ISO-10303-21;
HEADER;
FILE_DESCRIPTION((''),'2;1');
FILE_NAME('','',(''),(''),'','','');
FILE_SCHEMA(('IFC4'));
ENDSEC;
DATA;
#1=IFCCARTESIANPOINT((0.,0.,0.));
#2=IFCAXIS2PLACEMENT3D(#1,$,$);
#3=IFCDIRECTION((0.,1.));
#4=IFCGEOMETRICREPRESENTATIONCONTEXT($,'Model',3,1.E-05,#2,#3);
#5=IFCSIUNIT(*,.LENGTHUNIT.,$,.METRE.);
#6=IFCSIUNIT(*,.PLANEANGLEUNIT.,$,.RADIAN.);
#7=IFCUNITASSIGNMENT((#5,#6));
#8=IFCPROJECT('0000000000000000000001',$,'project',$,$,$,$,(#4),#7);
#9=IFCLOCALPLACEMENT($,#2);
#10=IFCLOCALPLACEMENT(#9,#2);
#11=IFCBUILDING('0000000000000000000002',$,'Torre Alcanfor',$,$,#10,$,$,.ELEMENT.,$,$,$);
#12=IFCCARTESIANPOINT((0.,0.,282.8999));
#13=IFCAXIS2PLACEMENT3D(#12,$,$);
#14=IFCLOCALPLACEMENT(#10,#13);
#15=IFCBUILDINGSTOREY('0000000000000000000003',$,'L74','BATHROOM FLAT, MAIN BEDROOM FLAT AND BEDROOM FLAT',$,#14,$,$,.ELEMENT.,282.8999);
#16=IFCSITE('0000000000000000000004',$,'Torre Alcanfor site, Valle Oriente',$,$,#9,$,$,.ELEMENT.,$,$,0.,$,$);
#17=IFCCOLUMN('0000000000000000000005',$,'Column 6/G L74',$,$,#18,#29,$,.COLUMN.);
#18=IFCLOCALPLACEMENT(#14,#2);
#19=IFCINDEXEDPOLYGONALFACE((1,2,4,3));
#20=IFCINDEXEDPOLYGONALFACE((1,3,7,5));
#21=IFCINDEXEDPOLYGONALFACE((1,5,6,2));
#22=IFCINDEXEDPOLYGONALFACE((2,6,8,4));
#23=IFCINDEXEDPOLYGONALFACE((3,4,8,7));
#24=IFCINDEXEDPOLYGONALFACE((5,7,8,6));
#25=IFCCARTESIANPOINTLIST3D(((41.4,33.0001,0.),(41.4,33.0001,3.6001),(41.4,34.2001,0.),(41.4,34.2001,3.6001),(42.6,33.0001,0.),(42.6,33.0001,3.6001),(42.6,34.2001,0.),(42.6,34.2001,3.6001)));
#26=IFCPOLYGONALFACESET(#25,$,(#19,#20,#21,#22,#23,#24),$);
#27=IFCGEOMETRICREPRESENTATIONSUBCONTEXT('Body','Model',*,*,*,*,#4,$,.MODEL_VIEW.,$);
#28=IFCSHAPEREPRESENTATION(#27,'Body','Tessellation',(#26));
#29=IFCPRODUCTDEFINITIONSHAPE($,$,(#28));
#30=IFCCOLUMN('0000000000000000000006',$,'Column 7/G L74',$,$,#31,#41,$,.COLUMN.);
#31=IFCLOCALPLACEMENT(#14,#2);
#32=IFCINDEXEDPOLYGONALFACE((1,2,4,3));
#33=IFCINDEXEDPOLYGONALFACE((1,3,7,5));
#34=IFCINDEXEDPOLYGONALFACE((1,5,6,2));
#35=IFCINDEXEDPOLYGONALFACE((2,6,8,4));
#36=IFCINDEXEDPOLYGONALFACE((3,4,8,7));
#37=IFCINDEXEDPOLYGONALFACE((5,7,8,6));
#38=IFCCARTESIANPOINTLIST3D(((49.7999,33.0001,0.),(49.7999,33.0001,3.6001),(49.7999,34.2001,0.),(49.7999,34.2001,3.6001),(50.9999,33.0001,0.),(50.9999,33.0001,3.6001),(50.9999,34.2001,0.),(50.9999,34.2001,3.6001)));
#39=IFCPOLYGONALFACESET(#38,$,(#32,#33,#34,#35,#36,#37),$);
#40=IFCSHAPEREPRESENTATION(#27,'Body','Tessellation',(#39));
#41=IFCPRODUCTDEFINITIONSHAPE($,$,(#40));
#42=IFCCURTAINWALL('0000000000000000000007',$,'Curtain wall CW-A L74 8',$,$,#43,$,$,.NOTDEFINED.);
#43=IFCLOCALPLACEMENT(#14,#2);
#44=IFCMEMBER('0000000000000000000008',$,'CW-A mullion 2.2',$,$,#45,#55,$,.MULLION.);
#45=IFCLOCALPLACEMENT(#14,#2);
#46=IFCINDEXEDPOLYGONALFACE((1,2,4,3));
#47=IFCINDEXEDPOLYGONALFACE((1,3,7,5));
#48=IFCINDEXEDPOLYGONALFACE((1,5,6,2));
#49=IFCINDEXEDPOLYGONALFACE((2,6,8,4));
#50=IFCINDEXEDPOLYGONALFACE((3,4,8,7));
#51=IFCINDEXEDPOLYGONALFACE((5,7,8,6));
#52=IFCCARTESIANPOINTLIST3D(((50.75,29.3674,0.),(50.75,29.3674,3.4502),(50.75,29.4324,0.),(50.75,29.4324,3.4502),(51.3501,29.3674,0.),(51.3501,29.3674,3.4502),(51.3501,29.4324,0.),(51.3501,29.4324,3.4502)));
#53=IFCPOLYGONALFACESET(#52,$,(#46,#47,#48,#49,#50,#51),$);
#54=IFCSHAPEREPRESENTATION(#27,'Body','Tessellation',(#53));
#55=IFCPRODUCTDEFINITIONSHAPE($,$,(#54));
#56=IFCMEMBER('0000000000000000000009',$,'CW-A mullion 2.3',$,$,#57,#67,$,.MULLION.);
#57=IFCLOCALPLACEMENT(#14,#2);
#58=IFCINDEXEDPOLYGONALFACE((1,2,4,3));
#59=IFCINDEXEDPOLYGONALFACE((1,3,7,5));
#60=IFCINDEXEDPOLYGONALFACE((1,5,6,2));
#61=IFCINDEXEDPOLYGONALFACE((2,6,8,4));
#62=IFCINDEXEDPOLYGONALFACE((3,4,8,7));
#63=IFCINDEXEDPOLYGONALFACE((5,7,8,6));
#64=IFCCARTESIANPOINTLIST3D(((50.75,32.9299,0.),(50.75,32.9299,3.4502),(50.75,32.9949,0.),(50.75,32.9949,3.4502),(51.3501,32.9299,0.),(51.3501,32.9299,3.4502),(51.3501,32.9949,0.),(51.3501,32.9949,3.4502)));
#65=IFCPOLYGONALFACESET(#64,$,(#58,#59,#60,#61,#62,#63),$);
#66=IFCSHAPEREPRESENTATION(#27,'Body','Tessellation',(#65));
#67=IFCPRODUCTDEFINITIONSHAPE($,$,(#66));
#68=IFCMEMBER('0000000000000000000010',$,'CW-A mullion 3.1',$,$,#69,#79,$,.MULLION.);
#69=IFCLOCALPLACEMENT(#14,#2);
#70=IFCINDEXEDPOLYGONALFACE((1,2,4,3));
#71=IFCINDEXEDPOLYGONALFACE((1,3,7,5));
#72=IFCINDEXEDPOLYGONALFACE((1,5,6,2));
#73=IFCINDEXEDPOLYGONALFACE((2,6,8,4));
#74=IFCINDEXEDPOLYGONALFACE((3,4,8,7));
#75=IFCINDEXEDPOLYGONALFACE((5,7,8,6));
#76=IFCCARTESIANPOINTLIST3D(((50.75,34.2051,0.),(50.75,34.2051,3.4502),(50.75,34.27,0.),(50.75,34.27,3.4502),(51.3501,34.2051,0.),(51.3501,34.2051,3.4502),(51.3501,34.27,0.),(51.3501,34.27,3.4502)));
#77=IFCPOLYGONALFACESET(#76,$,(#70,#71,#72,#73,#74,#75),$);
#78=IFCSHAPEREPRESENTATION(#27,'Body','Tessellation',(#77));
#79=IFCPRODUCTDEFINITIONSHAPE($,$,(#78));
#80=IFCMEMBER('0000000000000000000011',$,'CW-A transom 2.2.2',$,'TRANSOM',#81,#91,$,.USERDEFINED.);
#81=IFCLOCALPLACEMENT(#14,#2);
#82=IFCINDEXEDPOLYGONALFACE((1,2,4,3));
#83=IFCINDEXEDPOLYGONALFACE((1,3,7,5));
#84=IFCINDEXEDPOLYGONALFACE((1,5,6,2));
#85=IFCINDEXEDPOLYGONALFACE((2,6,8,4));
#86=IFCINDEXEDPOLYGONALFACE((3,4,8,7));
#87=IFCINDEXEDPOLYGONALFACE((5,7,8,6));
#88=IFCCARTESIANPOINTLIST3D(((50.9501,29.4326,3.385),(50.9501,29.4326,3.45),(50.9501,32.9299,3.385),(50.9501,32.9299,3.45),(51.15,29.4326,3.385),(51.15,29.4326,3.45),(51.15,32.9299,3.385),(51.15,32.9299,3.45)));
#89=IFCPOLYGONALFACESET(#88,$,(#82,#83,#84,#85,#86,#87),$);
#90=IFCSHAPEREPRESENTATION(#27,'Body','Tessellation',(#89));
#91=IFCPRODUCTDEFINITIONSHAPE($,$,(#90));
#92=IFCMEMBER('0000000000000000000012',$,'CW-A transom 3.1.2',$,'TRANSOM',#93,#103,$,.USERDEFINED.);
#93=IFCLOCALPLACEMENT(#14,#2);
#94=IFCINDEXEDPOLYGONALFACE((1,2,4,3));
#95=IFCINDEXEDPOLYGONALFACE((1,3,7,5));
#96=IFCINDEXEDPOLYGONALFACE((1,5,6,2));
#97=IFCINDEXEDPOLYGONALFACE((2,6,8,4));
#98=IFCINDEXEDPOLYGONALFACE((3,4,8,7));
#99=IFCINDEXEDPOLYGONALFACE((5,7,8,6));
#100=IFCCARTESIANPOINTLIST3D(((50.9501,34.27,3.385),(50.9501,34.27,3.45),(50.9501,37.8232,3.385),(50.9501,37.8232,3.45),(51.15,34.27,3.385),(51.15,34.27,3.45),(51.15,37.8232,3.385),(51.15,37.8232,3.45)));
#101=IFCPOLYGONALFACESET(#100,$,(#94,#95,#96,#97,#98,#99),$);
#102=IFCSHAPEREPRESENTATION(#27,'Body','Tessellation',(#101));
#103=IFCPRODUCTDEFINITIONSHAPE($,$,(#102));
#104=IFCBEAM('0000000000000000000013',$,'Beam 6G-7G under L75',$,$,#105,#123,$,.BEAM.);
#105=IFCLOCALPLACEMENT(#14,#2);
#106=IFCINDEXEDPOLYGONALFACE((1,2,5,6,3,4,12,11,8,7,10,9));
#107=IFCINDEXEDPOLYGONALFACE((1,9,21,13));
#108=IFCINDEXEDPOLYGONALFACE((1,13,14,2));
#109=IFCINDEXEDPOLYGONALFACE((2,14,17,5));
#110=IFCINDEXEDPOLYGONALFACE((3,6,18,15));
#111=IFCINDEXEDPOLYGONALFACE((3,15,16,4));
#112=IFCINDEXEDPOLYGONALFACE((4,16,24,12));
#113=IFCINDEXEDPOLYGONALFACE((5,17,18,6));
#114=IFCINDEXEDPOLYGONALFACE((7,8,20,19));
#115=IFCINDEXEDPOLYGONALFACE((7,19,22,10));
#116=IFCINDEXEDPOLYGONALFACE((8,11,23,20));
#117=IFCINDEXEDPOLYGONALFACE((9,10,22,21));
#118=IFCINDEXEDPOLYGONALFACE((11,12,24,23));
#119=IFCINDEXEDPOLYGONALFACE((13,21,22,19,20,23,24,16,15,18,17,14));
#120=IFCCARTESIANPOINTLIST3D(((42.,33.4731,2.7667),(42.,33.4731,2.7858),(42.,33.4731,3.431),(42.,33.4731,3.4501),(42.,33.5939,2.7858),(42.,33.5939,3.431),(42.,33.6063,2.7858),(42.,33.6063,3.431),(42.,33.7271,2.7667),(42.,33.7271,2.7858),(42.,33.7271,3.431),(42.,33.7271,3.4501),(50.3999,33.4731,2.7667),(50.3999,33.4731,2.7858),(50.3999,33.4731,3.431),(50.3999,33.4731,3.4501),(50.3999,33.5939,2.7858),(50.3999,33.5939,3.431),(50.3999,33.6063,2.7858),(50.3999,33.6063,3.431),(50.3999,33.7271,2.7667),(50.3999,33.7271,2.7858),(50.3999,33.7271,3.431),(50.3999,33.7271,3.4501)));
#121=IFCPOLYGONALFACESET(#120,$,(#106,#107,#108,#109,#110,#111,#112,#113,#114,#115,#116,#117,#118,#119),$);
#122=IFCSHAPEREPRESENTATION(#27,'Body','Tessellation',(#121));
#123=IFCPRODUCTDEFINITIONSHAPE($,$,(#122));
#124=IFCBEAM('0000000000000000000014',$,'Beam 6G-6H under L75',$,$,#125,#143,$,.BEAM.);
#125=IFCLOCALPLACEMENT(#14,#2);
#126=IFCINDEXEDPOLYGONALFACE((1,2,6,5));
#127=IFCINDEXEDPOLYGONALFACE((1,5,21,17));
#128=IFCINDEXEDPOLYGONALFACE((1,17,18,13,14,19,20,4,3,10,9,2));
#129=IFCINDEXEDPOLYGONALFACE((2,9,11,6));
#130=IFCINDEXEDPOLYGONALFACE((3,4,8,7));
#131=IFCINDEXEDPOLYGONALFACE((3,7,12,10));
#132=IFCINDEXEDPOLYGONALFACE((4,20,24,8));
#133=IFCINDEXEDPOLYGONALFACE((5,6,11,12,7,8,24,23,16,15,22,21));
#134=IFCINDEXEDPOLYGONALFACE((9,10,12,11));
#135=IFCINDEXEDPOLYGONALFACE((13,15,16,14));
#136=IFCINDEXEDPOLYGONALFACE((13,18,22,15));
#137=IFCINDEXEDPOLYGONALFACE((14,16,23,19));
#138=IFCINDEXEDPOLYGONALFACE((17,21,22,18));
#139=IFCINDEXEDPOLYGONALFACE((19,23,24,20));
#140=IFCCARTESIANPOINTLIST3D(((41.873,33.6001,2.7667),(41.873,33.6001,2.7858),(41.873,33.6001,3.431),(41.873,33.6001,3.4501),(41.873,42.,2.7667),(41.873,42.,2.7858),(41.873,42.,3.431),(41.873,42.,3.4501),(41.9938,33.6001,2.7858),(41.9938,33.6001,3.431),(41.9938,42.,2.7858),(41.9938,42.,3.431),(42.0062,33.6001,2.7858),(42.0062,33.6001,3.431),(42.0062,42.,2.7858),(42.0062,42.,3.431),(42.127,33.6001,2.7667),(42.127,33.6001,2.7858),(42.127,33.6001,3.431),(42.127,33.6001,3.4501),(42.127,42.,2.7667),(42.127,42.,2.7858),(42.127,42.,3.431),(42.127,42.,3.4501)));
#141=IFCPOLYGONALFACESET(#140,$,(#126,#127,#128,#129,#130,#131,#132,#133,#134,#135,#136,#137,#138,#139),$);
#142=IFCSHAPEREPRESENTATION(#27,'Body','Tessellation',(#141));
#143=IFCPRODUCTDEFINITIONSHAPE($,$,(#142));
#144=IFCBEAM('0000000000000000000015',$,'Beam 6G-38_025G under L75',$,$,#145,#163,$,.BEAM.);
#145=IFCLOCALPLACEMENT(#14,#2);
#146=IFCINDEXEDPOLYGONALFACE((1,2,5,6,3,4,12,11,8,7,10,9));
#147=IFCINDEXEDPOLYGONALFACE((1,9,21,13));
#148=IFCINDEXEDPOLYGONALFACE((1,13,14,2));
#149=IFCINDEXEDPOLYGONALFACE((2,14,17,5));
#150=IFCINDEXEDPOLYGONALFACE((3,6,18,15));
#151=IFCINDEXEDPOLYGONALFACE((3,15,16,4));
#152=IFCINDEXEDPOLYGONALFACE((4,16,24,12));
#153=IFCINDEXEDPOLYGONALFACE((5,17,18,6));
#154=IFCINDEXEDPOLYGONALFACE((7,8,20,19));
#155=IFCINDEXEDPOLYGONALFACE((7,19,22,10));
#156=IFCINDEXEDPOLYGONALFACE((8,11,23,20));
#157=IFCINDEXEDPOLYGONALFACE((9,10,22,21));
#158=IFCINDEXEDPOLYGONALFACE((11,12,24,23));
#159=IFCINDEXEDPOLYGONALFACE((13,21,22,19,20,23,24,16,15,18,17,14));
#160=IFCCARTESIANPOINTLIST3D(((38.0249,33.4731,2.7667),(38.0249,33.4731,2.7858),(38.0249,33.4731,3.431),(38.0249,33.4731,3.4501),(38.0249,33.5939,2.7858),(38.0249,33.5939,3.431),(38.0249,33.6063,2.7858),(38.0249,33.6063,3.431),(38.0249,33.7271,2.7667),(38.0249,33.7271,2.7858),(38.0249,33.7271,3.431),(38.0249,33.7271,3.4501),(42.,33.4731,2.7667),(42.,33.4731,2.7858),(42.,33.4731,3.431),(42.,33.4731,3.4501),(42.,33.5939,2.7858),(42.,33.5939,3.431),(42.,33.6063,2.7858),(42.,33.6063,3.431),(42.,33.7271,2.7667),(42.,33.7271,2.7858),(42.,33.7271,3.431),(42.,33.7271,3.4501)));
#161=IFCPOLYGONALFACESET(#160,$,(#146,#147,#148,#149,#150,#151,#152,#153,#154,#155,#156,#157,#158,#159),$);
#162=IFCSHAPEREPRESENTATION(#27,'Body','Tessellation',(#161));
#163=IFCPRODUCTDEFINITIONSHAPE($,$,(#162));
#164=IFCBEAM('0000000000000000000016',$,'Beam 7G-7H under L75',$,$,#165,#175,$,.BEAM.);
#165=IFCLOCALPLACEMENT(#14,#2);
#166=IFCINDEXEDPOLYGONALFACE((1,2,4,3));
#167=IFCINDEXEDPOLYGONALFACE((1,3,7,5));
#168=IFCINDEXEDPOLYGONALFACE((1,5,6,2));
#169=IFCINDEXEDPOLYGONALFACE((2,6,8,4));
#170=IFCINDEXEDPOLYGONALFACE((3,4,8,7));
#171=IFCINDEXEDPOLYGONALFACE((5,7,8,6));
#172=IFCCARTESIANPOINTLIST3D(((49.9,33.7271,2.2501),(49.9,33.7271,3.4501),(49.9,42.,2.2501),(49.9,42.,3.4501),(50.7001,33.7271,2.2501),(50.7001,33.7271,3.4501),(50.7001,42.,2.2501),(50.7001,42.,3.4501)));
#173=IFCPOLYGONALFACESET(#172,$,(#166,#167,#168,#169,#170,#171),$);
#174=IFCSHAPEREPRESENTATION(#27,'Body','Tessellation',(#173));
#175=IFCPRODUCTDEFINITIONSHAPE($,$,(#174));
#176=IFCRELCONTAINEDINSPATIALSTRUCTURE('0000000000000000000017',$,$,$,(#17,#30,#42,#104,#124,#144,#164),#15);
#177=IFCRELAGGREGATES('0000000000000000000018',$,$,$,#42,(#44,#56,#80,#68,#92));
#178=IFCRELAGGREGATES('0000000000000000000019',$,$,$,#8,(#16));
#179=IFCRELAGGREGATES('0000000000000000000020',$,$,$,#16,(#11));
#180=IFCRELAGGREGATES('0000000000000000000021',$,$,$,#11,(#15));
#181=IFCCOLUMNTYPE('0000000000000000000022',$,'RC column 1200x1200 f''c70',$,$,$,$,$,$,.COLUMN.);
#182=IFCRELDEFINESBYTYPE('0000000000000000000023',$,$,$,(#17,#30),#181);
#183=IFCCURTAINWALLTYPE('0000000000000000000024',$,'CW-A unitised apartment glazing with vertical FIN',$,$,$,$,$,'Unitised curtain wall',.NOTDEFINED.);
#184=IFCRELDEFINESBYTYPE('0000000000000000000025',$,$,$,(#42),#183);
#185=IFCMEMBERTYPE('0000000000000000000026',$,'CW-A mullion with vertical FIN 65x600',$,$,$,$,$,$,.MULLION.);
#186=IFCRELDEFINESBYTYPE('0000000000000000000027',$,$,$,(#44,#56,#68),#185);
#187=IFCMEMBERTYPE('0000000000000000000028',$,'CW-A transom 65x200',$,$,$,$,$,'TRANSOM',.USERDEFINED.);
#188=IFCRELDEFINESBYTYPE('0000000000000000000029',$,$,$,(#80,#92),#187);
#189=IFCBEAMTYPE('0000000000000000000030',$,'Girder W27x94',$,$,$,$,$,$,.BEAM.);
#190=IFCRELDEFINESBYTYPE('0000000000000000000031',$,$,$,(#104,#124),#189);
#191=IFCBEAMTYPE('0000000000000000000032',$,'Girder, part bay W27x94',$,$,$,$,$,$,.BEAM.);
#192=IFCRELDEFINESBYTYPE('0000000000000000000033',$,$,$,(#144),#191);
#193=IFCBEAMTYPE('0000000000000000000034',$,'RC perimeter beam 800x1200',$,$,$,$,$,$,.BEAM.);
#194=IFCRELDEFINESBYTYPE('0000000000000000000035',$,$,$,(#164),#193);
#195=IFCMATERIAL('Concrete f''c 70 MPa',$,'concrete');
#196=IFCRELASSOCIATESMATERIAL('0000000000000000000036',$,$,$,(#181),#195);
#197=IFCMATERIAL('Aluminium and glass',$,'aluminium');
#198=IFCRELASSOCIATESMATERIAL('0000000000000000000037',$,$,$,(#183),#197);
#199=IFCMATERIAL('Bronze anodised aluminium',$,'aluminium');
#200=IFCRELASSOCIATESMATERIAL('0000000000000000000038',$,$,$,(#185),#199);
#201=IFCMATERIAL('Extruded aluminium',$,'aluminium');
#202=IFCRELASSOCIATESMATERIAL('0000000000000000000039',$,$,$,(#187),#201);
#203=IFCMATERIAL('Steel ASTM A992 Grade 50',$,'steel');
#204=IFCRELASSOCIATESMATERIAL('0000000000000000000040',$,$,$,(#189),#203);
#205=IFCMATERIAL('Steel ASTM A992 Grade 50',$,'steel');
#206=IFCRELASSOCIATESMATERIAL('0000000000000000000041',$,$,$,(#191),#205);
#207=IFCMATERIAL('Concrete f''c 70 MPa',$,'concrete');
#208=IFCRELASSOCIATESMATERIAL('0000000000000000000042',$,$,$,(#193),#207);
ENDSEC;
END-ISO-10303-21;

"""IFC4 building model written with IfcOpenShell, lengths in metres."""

from ifc_helpers import new_model, si_unit, direction, frame, origin, origin_2d, place, context, subcontext, project, spatial, rectangle, i_section, extrude, material, material_profile, profile_set, type_object, element, aggregate, save


model = new_model("IFC4")

# Units and contexts
model_context = context("Model", 3, precision=1e-05, world=origin(), true_north=direction((0.0, 1.0)))
body_context = subcontext(model_context, "Body", "Model", "MODEL_VIEW")
ifc_project = project(units=[si_unit("LENGTHUNIT", "METRE"), si_unit("PLANEANGLEUNIT", "RADIAN")], contexts=[model_context])

# Site, building, storey
site_placement = place(None, origin())
site = spatial("IfcSite", under=ifc_project, at=site_placement, Name="Torre Alcanfor site, Valle Oriente", CompositionType="ELEMENT", RefElevation=0.0)
building_placement = place(site_placement, origin())
building = spatial("IfcBuilding", under=site, at=building_placement, Name="Torre Alcanfor", CompositionType="ELEMENT")
storey_placement = place(building_placement, frame((0.0, 0.0, 282.8999)))
storey = spatial("IfcBuildingStorey", under=building, at=storey_placement, Name="L74", Description="BATHROOM FLAT, MAIN BEDROOM FLAT AND BEDROOM FLAT", CompositionType="ELEMENT", Elevation=282.8999)

# Columns
ifc_material_1 = material(Name="Concrete f'c 70 MPa", Category="concrete")
ifc_material_profile_1 = material_profile(ifc_material_1, rectangle(XDim=1.2, YDim=1.2, at=origin_2d()), Name="1200x1200")
ifc_profile_set_1 = profile_set([ifc_material_profile_1], Name="Concrete f'c 70 MPa")
column_type = type_object("IfcColumnType", Name="RC column 1200x1200 f'c70", PredefinedType="COLUMN", material=ifc_profile_set_1)
for number, where, z_axis, x_axis, name in (
    (1, (42.0, 33.6001, 0.0), (0.0, 0.0, 1.0), (1.0, 0.0, 0.0), "Column 6/G L74"),
    (2, (50.3999, 33.6001, 0.0), (0.0, 0.0, 1.0), (1.0, 0.0, 0.0), "Column 7/G L74"),
):
    element("IfcColumn", number, at=place(storey_placement, frame(where, z_axis=z_axis, x_axis=x_axis)), inside=storey, type_object=column_type, Name=name, PredefinedType="COLUMN", context=body_context, shape_type="SweptSolid", body=[
        extrude(rectangle(XDim=1.2, YDim=1.2, at=origin_2d()), origin(), (0.0, 0.0, 1.0), 3.6001),
    ])

# Curtain wall, members
ifc_material_2 = material(Name="Aluminium and glass", Category="aluminium")
curtain_wall_type = type_object("IfcCurtainWallType", Name="CW-A unitised apartment glazing with vertical FIN", ElementType="Unitised curtain wall", PredefinedType="NOTDEFINED", material=ifc_material_2)
curtain_wall_placement = place(storey_placement, origin())
curtain_wall = element("IfcCurtainWall", 3, at=curtain_wall_placement, inside=storey, type_object=curtain_wall_type, Name="Curtain wall CW-A L74 8", PredefinedType="NOTDEFINED")
ifc_material_3 = material(Name="Bronze anodised aluminium", Category="aluminium")
ifc_material_profile_2 = material_profile(ifc_material_3, rectangle(XDim=0.6001, YDim=0.0649, at=origin_2d()), Name="CW-A mullion 65x600")
ifc_profile_set_2 = profile_set([ifc_material_profile_2], Name="Bronze anodised aluminium")
member_type_1 = type_object("IfcMemberType", Name="CW-A mullion with vertical FIN 65x600", PredefinedType="MULLION", material=ifc_profile_set_2)
member_1_placement = place(storey_placement, frame((51.05, 29.3999, 0.0), z_axis=(0.0, 0.0, 1.0), x_axis=(-1.0, 0.0, 0.0)))
member_1 = element("IfcMember", 4, at=member_1_placement, type_object=member_type_1, Name="CW-A mullion 2.2", PredefinedType="MULLION", context=body_context, shape_type="SweptSolid", body=[
    extrude(rectangle(XDim=0.6001, YDim=0.0649, at=origin_2d()), origin(), (0.0, 0.0, 1.0), 3.4502),
])
member_2_placement = place(storey_placement, frame((51.05, 32.9624, 0.0), z_axis=(0.0, 0.0, 1.0), x_axis=(-1.0, 0.0, 0.0)))
member_2 = element("IfcMember", 5, at=member_2_placement, type_object=member_type_1, Name="CW-A mullion 2.3", PredefinedType="MULLION", context=body_context, shape_type="SweptSolid", body=[
    extrude(rectangle(XDim=0.6001, YDim=0.0649, at=origin_2d()), origin(), (0.0, 0.0, 1.0), 3.4502),
])
member_3_placement = place(storey_placement, frame((51.05, 34.2375, 0.0), z_axis=(0.0, 0.0, 1.0), x_axis=(-1.0, 0.0, 0.0)))
member_3 = element("IfcMember", 6, at=member_3_placement, type_object=member_type_1, Name="CW-A mullion 3.1", PredefinedType="MULLION", context=body_context, shape_type="SweptSolid", body=[
    extrude(rectangle(XDim=0.6001, YDim=0.0649, at=origin_2d()), origin(), (0.0, 0.0, 1.0), 3.4502),
])
ifc_material_4 = material(Name="Extruded aluminium", Category="aluminium")
ifc_material_profile_3 = material_profile(ifc_material_4, rectangle(XDim=0.2, YDim=0.0649, at=origin_2d()), Name="CW-A transom 200x65")
ifc_profile_set_3 = profile_set([ifc_material_profile_3], Name="Extruded aluminium")
member_type_2 = type_object("IfcMemberType", Name="CW-A transom 65x200", ElementType="TRANSOM", PredefinedType="USERDEFINED", material=ifc_profile_set_3)
member_4_placement = place(storey_placement, frame((51.05, 29.4326, 3.4175), z_axis=(0.0, 1.0, 0.0), x_axis=(-1.0, 0.0, 0.0)))
member_4 = element("IfcMember", 7, at=member_4_placement, type_object=member_type_2, Name="CW-A transom 2.2.2", ObjectType="TRANSOM", PredefinedType="USERDEFINED", context=body_context, shape_type="SweptSolid", body=[
    extrude(rectangle(XDim=0.2, YDim=0.0649, at=origin_2d()), origin(), (0.0, 0.0, 1.0), 3.4973),
])
member_5_placement = place(storey_placement, frame((51.05, 34.27, 3.4175), z_axis=(0.0, 1.0, 0.0), x_axis=(-1.0, 0.0, 0.0)))
member_5 = element("IfcMember", 8, at=member_5_placement, type_object=member_type_2, Name="CW-A transom 3.1.2", ObjectType="TRANSOM", PredefinedType="USERDEFINED", context=body_context, shape_type="SweptSolid", body=[
    extrude(rectangle(XDim=0.2, YDim=0.0649, at=origin_2d()), origin(), (0.0, 0.0, 1.0), 3.5532),
])

# Beams
ifc_material_5 = material(Name="Steel ASTM A992 Grade 50", Category="steel")
ifc_material_profile_4 = material_profile(ifc_material_5, i_section(OverallWidth=0.2539, OverallDepth=0.6833, WebThickness=0.0125, FlangeThickness=0.019, at=origin_2d()), Name="W27x94")
ifc_profile_set_4 = profile_set([ifc_material_profile_4], Name="Steel ASTM A992 Grade 50")
beam_type_1 = type_object("IfcBeamType", Name="Girder W27x94", PredefinedType="BEAM", material=ifc_profile_set_4)
for number, where, z_axis, x_axis, name in (
    (9, (42.0, 33.6001, 3.1084), (1.0, 0.0, 0.0), (0.0, 1.0, 0.0), "Beam 6G-7G under L75"),
    (10, (42.0, 33.6001, 3.1084), (0.0, 1.0, 0.0), (-1.0, 0.0, 0.0), "Beam 6G-6H under L75"),
):
    element("IfcBeam", number, at=place(storey_placement, frame(where, z_axis=z_axis, x_axis=x_axis)), inside=storey, type_object=beam_type_1, Name=name, PredefinedType="BEAM", context=body_context, shape_type="SweptSolid", body=[
        extrude(i_section(OverallWidth=0.2539, OverallDepth=0.6833, WebThickness=0.0125, FlangeThickness=0.019, at=origin_2d()), origin(), (0.0, 0.0, 1.0), 8.3999),
    ])
ifc_material_6 = material(Name="Steel ASTM A992 Grade 50", Category="steel")
ifc_material_profile_5 = material_profile(ifc_material_6, i_section(OverallWidth=0.2539, OverallDepth=0.6833, WebThickness=0.0125, FlangeThickness=0.019, at=origin_2d()), Name="W27x94")
ifc_profile_set_5 = profile_set([ifc_material_profile_5], Name="Steel ASTM A992 Grade 50")
beam_type_2 = type_object("IfcBeamType", Name="Girder, part bay W27x94", PredefinedType="BEAM", material=ifc_profile_set_5)
beam_1_placement = place(storey_placement, frame((42.0, 33.6001, 3.1084), z_axis=(-1.0, 0.0, 0.0), x_axis=(0.0, -1.0, 0.0)))
element("IfcBeam", 11, at=beam_1_placement, inside=storey, type_object=beam_type_2, Name="Beam 6G-38_025G under L75", PredefinedType="BEAM", context=body_context, shape_type="SweptSolid", body=[
    extrude(i_section(OverallWidth=0.2539, OverallDepth=0.6833, WebThickness=0.0125, FlangeThickness=0.019, at=origin_2d()), origin(), (0.0, 0.0, 1.0), 3.9751),
])
ifc_material_7 = material(Name="Concrete f'c 70 MPa", Category="concrete")
ifc_material_profile_6 = material_profile(ifc_material_7, rectangle(XDim=0.8, YDim=1.2, at=origin_2d()), Name="800x1200")
ifc_profile_set_6 = profile_set([ifc_material_profile_6], Name="Concrete f'c 70 MPa")
beam_type_3 = type_object("IfcBeamType", Name="RC perimeter beam 800x1200", PredefinedType="BEAM", material=ifc_profile_set_6)
beam_2_placement = place(storey_placement, frame((50.3, 33.7271, 2.8501), z_axis=(0.0, 1.0, 0.0), x_axis=(-1.0, 0.0, 0.0)))
element("IfcBeam", 12, at=beam_2_placement, inside=storey, type_object=beam_type_3, Name="Beam 7G-7H under L75", PredefinedType="BEAM", context=body_context, shape_type="SweptSolid", body=[
    extrude(rectangle(XDim=0.8, YDim=1.2, at=origin_2d()), origin(), (0.0, 0.0, 1.0), 8.2729),
])

aggregate(curtain_wall, [member_1, member_2, member_4, member_3, member_5])

save(model, "model.ifc")
